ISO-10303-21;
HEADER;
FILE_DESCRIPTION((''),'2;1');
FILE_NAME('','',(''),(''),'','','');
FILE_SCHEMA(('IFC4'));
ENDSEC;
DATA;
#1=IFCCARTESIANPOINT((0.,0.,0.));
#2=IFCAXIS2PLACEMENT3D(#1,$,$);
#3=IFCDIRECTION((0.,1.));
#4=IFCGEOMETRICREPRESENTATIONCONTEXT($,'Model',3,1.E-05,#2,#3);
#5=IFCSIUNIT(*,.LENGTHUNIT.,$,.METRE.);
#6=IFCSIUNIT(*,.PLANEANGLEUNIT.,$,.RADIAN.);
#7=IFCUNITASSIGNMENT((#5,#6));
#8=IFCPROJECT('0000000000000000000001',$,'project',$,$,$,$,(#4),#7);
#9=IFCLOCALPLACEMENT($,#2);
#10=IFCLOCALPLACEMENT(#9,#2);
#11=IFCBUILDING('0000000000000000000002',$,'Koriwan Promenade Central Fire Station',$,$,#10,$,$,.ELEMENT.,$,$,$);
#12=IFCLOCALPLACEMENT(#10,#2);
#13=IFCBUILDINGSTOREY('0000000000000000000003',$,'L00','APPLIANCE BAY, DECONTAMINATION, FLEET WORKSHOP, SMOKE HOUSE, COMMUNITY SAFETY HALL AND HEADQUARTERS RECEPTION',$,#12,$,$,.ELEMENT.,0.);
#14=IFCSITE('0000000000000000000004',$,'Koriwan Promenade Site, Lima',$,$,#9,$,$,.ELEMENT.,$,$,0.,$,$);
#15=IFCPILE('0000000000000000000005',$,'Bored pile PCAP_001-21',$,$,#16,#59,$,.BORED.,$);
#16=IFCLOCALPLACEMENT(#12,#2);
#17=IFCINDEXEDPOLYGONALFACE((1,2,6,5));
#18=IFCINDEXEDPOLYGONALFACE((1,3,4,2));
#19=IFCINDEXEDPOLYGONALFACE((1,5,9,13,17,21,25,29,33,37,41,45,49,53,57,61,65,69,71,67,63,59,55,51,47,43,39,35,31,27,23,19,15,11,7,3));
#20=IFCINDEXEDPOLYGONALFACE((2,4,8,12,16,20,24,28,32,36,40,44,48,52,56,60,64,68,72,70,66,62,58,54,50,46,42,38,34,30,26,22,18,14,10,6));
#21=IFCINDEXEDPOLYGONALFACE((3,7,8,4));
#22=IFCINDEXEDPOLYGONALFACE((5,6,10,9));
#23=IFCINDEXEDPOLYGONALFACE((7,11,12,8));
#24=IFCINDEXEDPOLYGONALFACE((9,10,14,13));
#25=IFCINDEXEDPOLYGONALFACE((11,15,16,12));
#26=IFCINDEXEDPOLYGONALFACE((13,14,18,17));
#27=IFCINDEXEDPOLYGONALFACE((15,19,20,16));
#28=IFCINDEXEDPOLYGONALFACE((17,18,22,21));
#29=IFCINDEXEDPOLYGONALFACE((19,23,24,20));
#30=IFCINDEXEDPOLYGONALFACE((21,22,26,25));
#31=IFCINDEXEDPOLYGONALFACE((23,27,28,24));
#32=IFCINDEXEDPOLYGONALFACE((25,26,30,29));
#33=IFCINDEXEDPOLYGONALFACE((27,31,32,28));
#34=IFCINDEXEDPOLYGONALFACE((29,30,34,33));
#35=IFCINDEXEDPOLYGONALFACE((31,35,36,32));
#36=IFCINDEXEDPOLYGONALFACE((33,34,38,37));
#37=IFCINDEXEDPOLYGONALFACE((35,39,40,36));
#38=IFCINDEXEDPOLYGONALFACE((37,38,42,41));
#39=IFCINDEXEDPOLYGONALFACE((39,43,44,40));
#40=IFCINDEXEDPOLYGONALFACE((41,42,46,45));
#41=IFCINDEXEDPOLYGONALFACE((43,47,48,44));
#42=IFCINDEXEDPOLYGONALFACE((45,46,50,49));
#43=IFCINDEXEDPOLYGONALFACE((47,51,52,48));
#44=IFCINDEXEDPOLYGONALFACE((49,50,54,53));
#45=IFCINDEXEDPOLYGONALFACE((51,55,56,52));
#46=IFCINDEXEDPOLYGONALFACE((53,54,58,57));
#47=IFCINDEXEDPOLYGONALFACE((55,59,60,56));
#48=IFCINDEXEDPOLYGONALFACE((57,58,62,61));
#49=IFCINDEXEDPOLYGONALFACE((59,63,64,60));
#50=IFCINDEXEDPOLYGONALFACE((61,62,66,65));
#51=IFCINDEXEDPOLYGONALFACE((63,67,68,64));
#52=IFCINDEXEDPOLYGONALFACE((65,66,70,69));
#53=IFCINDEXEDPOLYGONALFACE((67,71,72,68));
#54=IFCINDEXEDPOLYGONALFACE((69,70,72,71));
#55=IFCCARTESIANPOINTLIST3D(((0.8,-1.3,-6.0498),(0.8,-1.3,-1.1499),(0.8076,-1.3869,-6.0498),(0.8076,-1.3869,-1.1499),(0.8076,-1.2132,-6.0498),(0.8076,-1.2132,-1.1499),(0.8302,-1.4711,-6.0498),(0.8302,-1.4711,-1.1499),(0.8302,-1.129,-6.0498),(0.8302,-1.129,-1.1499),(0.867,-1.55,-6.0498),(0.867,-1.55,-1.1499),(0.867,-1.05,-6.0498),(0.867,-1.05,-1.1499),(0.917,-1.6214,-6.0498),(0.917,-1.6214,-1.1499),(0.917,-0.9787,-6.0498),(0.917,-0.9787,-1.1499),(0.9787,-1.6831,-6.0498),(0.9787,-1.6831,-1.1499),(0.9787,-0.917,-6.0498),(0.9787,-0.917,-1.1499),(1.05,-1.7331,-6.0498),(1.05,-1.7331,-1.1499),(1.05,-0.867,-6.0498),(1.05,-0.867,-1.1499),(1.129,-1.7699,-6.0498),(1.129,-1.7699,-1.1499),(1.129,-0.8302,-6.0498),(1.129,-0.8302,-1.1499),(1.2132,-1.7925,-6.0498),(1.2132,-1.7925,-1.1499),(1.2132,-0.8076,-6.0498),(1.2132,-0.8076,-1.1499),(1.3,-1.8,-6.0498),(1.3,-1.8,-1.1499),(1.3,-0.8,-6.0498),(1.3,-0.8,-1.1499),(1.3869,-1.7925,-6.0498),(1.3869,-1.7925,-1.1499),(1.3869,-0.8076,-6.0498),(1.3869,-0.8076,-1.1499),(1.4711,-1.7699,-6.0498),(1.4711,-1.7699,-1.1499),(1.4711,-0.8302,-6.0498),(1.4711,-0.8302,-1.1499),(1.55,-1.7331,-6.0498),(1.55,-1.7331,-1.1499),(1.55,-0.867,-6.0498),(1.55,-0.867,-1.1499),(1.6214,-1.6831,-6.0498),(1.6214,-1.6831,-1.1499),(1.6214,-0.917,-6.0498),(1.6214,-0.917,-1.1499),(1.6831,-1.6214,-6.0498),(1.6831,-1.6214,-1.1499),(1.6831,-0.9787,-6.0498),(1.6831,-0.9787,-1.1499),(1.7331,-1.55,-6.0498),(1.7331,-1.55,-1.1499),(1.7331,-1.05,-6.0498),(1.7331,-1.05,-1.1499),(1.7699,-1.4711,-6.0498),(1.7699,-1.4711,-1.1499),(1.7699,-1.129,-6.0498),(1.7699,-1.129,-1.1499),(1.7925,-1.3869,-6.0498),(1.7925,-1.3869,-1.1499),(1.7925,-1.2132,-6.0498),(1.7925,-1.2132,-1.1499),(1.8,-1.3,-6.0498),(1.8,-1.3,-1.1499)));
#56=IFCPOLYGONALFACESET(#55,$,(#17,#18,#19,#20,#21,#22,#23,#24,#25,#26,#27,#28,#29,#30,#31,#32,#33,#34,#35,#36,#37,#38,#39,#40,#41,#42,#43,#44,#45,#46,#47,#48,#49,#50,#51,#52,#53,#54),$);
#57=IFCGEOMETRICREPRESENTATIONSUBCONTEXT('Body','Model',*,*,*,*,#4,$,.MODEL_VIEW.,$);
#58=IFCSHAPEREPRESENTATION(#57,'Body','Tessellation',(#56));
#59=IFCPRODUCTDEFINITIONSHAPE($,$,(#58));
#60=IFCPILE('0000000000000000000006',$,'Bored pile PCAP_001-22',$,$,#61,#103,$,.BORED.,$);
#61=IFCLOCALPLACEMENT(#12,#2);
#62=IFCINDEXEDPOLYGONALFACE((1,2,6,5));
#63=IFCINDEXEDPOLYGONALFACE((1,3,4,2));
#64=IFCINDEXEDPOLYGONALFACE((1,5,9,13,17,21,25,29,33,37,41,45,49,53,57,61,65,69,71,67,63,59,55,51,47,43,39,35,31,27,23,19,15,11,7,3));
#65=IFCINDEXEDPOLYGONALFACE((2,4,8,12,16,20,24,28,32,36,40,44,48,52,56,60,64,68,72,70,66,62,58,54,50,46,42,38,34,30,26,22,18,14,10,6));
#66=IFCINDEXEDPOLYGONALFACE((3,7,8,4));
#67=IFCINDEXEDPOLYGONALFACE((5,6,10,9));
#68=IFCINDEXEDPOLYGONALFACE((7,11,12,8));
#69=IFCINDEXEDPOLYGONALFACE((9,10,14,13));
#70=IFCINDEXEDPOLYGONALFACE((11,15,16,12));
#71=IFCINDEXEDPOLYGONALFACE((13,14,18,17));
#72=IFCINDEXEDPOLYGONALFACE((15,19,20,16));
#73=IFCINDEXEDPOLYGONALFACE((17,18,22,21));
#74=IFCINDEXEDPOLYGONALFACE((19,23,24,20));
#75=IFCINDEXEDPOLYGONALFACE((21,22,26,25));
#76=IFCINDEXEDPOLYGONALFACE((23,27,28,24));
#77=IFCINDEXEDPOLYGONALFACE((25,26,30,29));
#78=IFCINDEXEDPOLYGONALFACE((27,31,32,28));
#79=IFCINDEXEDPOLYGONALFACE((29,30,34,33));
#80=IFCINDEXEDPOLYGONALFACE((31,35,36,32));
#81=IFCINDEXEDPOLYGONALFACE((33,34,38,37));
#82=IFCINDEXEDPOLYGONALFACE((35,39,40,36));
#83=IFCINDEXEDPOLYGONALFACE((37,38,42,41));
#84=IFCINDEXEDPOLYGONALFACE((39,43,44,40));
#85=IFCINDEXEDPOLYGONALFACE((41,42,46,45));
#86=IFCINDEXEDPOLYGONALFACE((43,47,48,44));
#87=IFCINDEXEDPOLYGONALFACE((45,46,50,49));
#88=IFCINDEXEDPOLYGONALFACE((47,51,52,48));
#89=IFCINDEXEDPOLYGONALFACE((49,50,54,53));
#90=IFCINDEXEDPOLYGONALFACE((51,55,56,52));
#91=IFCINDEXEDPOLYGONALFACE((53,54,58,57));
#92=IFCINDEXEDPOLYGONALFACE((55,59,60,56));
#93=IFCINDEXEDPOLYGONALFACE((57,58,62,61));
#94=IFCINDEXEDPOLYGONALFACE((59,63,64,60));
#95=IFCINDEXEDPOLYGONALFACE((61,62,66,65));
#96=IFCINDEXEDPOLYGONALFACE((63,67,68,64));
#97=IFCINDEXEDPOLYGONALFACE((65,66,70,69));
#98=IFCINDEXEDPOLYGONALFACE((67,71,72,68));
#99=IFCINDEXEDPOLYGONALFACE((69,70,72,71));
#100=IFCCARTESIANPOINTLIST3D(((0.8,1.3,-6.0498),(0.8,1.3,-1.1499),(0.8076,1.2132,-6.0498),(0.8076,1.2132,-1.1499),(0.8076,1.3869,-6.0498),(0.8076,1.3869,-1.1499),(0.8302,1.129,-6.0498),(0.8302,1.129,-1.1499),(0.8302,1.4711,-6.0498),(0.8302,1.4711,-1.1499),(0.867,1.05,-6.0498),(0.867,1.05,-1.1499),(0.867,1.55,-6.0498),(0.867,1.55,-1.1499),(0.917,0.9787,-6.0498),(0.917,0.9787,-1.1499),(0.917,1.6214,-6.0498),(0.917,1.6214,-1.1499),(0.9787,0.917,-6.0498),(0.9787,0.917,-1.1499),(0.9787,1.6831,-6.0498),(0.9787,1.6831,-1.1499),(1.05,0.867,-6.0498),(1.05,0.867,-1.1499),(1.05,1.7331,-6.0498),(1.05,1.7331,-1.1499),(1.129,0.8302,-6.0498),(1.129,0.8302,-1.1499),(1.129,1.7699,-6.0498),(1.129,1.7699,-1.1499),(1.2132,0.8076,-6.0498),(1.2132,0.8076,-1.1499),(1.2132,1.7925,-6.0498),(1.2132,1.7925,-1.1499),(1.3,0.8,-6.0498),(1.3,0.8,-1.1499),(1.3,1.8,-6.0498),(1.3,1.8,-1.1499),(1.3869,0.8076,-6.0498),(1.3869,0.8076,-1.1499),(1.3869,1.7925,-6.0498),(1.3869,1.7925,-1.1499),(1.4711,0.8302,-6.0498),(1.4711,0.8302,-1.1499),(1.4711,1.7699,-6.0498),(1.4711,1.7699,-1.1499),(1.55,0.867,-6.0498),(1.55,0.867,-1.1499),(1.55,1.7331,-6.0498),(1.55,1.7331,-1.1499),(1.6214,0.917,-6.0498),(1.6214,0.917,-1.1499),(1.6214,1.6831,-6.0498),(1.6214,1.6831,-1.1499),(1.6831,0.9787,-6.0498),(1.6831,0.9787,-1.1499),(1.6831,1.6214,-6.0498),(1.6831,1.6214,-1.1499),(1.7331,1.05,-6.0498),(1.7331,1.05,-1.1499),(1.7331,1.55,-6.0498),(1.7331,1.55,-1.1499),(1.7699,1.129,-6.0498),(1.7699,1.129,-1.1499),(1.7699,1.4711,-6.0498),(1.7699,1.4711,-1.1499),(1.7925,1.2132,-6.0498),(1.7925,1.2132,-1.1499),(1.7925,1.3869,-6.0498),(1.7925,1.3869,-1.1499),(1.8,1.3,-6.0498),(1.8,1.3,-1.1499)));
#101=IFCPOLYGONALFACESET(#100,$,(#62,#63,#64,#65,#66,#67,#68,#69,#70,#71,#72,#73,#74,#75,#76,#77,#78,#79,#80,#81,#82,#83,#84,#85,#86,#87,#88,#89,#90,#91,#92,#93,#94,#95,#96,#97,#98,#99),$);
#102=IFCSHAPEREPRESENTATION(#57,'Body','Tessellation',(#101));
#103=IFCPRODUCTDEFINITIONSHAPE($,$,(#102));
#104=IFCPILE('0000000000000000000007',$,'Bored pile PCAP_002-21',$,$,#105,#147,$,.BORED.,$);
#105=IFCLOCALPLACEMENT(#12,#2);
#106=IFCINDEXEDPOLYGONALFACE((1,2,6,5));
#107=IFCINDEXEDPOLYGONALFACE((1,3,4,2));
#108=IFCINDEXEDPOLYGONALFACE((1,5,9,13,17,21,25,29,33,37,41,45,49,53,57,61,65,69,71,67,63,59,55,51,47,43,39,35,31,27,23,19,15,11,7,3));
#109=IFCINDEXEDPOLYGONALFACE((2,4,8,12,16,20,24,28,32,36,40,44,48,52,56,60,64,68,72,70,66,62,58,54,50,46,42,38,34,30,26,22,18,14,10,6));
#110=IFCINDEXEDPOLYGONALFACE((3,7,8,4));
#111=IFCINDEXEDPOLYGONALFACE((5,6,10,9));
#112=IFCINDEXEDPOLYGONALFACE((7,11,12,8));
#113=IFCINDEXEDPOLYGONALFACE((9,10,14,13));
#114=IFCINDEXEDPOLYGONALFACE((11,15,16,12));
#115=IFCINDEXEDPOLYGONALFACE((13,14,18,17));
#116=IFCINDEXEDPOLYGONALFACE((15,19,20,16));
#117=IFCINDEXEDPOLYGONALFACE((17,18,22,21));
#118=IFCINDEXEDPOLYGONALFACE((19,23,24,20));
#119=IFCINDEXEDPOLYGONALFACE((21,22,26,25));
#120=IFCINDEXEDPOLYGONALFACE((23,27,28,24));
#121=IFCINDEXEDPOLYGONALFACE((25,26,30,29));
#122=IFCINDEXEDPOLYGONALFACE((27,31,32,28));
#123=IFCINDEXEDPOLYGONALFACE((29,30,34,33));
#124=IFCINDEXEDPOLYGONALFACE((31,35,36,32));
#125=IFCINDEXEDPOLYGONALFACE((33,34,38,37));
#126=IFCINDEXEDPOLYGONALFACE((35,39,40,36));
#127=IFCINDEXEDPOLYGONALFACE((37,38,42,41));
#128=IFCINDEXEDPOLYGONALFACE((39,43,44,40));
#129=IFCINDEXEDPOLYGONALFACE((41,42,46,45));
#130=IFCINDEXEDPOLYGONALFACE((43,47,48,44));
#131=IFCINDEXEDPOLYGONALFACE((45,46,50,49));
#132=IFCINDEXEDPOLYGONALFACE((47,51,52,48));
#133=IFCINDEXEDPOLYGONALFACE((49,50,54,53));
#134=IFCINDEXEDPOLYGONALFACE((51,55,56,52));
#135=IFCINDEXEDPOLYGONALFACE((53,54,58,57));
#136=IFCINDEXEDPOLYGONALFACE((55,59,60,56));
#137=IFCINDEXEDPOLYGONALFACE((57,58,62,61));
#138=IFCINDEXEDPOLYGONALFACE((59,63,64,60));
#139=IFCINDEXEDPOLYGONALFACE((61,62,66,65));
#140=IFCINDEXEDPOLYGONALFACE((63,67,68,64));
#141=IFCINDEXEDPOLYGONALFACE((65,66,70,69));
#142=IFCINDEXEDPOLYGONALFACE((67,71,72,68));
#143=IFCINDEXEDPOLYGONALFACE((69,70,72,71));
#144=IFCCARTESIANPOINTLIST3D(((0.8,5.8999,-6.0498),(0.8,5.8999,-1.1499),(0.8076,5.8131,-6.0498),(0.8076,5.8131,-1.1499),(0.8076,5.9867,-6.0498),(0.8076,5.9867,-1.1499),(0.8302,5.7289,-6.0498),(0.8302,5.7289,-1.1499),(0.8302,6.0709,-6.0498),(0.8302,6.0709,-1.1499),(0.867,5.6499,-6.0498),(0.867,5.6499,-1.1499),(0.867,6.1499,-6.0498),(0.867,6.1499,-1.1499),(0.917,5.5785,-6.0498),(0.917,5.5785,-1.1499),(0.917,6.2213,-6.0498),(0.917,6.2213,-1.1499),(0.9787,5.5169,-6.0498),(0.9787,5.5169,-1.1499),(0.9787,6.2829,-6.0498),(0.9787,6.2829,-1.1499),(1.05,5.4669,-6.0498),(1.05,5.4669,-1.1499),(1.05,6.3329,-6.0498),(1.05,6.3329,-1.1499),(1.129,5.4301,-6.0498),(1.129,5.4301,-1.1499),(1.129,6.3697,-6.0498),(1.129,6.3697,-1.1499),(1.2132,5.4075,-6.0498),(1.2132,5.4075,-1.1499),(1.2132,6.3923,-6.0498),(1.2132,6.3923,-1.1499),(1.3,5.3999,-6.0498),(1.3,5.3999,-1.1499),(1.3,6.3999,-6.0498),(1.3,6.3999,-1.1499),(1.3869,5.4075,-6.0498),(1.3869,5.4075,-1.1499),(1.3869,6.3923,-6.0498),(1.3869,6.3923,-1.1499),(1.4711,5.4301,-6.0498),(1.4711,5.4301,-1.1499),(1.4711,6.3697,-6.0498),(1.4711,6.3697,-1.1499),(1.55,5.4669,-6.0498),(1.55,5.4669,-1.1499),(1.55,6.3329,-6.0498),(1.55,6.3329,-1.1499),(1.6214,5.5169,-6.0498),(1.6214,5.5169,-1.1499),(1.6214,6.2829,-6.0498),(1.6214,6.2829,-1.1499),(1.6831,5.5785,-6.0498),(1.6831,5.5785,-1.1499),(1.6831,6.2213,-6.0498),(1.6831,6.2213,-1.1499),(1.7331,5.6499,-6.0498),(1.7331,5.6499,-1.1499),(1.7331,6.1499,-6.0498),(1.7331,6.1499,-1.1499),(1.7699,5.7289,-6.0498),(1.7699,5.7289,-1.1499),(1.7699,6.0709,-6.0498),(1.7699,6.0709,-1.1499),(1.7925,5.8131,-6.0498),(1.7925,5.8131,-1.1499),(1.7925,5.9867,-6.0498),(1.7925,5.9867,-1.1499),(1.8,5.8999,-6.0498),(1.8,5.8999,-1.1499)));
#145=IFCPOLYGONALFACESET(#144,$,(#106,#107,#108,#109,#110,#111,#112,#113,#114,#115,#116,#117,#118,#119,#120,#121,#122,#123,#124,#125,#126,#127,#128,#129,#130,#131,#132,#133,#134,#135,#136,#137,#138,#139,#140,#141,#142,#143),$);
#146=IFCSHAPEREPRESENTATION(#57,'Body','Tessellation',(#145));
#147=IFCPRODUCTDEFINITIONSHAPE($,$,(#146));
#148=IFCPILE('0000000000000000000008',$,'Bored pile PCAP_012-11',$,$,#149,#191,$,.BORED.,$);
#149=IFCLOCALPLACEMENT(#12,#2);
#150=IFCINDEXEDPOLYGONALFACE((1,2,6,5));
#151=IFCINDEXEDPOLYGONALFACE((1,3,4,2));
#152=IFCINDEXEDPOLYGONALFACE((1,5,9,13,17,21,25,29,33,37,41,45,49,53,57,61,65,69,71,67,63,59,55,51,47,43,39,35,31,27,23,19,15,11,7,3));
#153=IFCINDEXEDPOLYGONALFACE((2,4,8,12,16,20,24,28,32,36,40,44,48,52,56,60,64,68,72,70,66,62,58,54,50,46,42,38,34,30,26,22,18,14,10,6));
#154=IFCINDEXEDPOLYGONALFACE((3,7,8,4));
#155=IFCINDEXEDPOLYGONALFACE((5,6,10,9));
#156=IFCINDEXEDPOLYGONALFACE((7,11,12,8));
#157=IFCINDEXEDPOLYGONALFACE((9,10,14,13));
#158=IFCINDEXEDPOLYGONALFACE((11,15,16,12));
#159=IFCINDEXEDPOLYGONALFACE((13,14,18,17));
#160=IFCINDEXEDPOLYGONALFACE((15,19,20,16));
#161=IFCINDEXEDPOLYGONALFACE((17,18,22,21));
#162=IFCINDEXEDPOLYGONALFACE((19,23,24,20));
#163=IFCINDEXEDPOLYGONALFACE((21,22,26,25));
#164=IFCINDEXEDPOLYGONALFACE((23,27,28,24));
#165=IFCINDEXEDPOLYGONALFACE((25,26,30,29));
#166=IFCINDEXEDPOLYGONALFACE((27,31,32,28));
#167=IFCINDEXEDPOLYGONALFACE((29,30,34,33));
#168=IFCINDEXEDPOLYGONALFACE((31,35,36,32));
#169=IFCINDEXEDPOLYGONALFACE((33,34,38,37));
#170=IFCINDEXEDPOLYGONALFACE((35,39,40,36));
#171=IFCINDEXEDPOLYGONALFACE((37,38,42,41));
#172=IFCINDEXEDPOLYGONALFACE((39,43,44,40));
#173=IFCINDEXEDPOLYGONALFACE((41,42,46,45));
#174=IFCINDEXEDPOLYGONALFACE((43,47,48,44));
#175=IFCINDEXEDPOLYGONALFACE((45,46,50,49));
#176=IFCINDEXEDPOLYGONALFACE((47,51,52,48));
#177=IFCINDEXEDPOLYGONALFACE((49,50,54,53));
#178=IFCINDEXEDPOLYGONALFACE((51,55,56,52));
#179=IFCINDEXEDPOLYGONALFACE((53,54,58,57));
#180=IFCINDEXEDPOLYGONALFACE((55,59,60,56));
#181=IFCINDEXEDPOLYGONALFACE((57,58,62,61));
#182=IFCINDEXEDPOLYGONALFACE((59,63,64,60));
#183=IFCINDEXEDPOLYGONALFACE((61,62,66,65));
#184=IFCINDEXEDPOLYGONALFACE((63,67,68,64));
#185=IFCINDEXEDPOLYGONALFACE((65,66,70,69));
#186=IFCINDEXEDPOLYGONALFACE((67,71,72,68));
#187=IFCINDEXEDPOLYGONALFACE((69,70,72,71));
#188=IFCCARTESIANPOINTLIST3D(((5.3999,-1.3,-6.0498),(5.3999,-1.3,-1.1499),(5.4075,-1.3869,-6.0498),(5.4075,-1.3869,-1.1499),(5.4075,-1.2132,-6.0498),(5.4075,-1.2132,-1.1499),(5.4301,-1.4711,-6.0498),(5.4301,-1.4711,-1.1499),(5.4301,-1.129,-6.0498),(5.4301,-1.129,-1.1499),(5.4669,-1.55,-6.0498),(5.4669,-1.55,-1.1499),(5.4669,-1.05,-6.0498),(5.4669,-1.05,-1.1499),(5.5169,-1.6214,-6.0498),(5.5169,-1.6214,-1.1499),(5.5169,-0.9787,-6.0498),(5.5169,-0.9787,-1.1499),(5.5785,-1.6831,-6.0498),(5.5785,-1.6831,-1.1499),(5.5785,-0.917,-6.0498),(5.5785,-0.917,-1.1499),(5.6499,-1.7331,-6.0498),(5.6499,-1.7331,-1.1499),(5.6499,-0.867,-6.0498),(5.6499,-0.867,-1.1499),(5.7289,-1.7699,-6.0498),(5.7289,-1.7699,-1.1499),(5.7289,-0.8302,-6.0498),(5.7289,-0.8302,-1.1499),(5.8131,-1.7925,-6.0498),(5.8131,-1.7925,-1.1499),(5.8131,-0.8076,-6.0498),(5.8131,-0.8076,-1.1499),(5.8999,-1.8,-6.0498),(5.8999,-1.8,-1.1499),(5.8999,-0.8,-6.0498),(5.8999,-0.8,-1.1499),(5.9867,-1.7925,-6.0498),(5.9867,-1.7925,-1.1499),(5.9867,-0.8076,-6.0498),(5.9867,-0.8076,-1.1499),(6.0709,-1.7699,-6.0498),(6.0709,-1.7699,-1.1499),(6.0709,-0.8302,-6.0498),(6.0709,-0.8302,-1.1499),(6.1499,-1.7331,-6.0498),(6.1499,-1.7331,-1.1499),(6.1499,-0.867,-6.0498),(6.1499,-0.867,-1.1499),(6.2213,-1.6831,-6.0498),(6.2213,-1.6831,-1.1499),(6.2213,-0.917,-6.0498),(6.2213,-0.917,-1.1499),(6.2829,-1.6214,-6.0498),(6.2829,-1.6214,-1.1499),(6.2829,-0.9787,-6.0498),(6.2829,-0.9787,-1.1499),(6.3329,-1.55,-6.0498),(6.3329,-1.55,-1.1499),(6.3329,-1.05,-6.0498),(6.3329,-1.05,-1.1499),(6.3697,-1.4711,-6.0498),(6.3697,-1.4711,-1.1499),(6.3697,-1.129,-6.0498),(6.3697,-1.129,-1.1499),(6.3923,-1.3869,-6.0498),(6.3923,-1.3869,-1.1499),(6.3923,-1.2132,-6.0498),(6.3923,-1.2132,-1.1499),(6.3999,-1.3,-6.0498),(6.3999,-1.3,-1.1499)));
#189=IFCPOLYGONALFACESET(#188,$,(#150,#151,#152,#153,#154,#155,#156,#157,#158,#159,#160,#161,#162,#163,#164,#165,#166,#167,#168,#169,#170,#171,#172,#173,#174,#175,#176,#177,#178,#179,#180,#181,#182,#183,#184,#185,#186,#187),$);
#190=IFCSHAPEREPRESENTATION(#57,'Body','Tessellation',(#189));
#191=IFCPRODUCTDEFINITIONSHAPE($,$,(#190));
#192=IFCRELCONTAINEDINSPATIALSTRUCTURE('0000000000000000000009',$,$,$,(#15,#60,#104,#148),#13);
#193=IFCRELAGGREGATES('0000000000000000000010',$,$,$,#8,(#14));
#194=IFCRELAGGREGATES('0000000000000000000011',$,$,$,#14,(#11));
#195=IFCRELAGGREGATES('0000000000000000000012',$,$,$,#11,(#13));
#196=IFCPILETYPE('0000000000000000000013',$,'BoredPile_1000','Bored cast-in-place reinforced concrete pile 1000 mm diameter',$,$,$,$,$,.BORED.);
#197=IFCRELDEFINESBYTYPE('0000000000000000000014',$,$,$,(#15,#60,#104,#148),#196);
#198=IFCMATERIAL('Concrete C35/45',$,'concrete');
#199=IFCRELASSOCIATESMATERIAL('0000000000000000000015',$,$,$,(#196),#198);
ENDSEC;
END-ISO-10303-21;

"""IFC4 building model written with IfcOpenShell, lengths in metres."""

from ifc_helpers import new_model, si_unit, direction, frame, origin, origin_2d, place, context, subcontext, project, spatial, circle, extrude, material, material_profile, profile_set, type_object, element, save


model = new_model("IFC4")

# Units and contexts
model_context = context("Model", 3, precision=1e-05, world=origin(), true_north=direction((0.0, 1.0)))
body_context = subcontext(model_context, "Body", "Model", "MODEL_VIEW")
ifc_project = project(units=[si_unit("LENGTHUNIT", "METRE"), si_unit("PLANEANGLEUNIT", "RADIAN")], contexts=[model_context])

# Site, building, storey
site_placement = place(None, origin())
site = spatial("IfcSite", under=ifc_project, at=site_placement, Name="Koriwan Promenade Site, Lima", CompositionType="ELEMENT", RefElevation=0.0)
building_placement = place(site_placement, origin())
building = spatial("IfcBuilding", under=site, at=building_placement, Name="Koriwan Promenade Central Fire Station", CompositionType="ELEMENT")
storey_placement = place(building_placement, origin())
storey = spatial("IfcBuildingStorey", under=building, at=storey_placement, Name="L00", Description="APPLIANCE BAY, DECONTAMINATION, FLEET WORKSHOP, SMOKE HOUSE, COMMUNITY SAFETY HALL AND HEADQUARTERS RECEPTION", CompositionType="ELEMENT", Elevation=0.0)

# Piles
ifc_material_1 = material(Name="Concrete C35/45", Category="concrete")
ifc_material_profile_1 = material_profile(ifc_material_1, circle(Radius=0.5, at=origin_2d()), Name="PILE-D1000")
ifc_profile_set_1 = profile_set([ifc_material_profile_1], Name="Concrete C35/45")
pile_type = type_object("IfcPileType", Name="BoredPile_1000", Description="Bored cast-in-place reinforced concrete pile 1000 mm diameter", PredefinedType="BORED", material=ifc_profile_set_1)
for number, where, z_axis, x_axis, name in (
    (1, (1.3, -1.3, -1.1499), (0.0, 0.0, -1.0), (1.0, 0.0, 0.0), "Bored pile PCAP_001-21"),
    (2, (1.3, 1.3, -1.1499), (0.0, 0.0, -1.0), (1.0, 0.0, 0.0), "Bored pile PCAP_001-22"),
    (3, (1.3, 5.8999, -1.1499), (0.0, 0.0, -1.0), (1.0, 0.0, 0.0), "Bored pile PCAP_002-21"),
    (4, (5.8999, -1.3, -1.1499), (0.0, 0.0, -1.0), (1.0, 0.0, 0.0), "Bored pile PCAP_012-11"),
):
    element("IfcPile", number, at=place(storey_placement, frame(where, z_axis=z_axis, x_axis=x_axis)), inside=storey, type_object=pile_type, Name=name, PredefinedType="BORED", context=body_context, shape_type="SweptSolid", body=[
        extrude(circle(Radius=0.5, at=origin_2d()), origin(), (0.0, 0.0, 1.0), 4.8999),
    ])

save(model, "model.ifc")
